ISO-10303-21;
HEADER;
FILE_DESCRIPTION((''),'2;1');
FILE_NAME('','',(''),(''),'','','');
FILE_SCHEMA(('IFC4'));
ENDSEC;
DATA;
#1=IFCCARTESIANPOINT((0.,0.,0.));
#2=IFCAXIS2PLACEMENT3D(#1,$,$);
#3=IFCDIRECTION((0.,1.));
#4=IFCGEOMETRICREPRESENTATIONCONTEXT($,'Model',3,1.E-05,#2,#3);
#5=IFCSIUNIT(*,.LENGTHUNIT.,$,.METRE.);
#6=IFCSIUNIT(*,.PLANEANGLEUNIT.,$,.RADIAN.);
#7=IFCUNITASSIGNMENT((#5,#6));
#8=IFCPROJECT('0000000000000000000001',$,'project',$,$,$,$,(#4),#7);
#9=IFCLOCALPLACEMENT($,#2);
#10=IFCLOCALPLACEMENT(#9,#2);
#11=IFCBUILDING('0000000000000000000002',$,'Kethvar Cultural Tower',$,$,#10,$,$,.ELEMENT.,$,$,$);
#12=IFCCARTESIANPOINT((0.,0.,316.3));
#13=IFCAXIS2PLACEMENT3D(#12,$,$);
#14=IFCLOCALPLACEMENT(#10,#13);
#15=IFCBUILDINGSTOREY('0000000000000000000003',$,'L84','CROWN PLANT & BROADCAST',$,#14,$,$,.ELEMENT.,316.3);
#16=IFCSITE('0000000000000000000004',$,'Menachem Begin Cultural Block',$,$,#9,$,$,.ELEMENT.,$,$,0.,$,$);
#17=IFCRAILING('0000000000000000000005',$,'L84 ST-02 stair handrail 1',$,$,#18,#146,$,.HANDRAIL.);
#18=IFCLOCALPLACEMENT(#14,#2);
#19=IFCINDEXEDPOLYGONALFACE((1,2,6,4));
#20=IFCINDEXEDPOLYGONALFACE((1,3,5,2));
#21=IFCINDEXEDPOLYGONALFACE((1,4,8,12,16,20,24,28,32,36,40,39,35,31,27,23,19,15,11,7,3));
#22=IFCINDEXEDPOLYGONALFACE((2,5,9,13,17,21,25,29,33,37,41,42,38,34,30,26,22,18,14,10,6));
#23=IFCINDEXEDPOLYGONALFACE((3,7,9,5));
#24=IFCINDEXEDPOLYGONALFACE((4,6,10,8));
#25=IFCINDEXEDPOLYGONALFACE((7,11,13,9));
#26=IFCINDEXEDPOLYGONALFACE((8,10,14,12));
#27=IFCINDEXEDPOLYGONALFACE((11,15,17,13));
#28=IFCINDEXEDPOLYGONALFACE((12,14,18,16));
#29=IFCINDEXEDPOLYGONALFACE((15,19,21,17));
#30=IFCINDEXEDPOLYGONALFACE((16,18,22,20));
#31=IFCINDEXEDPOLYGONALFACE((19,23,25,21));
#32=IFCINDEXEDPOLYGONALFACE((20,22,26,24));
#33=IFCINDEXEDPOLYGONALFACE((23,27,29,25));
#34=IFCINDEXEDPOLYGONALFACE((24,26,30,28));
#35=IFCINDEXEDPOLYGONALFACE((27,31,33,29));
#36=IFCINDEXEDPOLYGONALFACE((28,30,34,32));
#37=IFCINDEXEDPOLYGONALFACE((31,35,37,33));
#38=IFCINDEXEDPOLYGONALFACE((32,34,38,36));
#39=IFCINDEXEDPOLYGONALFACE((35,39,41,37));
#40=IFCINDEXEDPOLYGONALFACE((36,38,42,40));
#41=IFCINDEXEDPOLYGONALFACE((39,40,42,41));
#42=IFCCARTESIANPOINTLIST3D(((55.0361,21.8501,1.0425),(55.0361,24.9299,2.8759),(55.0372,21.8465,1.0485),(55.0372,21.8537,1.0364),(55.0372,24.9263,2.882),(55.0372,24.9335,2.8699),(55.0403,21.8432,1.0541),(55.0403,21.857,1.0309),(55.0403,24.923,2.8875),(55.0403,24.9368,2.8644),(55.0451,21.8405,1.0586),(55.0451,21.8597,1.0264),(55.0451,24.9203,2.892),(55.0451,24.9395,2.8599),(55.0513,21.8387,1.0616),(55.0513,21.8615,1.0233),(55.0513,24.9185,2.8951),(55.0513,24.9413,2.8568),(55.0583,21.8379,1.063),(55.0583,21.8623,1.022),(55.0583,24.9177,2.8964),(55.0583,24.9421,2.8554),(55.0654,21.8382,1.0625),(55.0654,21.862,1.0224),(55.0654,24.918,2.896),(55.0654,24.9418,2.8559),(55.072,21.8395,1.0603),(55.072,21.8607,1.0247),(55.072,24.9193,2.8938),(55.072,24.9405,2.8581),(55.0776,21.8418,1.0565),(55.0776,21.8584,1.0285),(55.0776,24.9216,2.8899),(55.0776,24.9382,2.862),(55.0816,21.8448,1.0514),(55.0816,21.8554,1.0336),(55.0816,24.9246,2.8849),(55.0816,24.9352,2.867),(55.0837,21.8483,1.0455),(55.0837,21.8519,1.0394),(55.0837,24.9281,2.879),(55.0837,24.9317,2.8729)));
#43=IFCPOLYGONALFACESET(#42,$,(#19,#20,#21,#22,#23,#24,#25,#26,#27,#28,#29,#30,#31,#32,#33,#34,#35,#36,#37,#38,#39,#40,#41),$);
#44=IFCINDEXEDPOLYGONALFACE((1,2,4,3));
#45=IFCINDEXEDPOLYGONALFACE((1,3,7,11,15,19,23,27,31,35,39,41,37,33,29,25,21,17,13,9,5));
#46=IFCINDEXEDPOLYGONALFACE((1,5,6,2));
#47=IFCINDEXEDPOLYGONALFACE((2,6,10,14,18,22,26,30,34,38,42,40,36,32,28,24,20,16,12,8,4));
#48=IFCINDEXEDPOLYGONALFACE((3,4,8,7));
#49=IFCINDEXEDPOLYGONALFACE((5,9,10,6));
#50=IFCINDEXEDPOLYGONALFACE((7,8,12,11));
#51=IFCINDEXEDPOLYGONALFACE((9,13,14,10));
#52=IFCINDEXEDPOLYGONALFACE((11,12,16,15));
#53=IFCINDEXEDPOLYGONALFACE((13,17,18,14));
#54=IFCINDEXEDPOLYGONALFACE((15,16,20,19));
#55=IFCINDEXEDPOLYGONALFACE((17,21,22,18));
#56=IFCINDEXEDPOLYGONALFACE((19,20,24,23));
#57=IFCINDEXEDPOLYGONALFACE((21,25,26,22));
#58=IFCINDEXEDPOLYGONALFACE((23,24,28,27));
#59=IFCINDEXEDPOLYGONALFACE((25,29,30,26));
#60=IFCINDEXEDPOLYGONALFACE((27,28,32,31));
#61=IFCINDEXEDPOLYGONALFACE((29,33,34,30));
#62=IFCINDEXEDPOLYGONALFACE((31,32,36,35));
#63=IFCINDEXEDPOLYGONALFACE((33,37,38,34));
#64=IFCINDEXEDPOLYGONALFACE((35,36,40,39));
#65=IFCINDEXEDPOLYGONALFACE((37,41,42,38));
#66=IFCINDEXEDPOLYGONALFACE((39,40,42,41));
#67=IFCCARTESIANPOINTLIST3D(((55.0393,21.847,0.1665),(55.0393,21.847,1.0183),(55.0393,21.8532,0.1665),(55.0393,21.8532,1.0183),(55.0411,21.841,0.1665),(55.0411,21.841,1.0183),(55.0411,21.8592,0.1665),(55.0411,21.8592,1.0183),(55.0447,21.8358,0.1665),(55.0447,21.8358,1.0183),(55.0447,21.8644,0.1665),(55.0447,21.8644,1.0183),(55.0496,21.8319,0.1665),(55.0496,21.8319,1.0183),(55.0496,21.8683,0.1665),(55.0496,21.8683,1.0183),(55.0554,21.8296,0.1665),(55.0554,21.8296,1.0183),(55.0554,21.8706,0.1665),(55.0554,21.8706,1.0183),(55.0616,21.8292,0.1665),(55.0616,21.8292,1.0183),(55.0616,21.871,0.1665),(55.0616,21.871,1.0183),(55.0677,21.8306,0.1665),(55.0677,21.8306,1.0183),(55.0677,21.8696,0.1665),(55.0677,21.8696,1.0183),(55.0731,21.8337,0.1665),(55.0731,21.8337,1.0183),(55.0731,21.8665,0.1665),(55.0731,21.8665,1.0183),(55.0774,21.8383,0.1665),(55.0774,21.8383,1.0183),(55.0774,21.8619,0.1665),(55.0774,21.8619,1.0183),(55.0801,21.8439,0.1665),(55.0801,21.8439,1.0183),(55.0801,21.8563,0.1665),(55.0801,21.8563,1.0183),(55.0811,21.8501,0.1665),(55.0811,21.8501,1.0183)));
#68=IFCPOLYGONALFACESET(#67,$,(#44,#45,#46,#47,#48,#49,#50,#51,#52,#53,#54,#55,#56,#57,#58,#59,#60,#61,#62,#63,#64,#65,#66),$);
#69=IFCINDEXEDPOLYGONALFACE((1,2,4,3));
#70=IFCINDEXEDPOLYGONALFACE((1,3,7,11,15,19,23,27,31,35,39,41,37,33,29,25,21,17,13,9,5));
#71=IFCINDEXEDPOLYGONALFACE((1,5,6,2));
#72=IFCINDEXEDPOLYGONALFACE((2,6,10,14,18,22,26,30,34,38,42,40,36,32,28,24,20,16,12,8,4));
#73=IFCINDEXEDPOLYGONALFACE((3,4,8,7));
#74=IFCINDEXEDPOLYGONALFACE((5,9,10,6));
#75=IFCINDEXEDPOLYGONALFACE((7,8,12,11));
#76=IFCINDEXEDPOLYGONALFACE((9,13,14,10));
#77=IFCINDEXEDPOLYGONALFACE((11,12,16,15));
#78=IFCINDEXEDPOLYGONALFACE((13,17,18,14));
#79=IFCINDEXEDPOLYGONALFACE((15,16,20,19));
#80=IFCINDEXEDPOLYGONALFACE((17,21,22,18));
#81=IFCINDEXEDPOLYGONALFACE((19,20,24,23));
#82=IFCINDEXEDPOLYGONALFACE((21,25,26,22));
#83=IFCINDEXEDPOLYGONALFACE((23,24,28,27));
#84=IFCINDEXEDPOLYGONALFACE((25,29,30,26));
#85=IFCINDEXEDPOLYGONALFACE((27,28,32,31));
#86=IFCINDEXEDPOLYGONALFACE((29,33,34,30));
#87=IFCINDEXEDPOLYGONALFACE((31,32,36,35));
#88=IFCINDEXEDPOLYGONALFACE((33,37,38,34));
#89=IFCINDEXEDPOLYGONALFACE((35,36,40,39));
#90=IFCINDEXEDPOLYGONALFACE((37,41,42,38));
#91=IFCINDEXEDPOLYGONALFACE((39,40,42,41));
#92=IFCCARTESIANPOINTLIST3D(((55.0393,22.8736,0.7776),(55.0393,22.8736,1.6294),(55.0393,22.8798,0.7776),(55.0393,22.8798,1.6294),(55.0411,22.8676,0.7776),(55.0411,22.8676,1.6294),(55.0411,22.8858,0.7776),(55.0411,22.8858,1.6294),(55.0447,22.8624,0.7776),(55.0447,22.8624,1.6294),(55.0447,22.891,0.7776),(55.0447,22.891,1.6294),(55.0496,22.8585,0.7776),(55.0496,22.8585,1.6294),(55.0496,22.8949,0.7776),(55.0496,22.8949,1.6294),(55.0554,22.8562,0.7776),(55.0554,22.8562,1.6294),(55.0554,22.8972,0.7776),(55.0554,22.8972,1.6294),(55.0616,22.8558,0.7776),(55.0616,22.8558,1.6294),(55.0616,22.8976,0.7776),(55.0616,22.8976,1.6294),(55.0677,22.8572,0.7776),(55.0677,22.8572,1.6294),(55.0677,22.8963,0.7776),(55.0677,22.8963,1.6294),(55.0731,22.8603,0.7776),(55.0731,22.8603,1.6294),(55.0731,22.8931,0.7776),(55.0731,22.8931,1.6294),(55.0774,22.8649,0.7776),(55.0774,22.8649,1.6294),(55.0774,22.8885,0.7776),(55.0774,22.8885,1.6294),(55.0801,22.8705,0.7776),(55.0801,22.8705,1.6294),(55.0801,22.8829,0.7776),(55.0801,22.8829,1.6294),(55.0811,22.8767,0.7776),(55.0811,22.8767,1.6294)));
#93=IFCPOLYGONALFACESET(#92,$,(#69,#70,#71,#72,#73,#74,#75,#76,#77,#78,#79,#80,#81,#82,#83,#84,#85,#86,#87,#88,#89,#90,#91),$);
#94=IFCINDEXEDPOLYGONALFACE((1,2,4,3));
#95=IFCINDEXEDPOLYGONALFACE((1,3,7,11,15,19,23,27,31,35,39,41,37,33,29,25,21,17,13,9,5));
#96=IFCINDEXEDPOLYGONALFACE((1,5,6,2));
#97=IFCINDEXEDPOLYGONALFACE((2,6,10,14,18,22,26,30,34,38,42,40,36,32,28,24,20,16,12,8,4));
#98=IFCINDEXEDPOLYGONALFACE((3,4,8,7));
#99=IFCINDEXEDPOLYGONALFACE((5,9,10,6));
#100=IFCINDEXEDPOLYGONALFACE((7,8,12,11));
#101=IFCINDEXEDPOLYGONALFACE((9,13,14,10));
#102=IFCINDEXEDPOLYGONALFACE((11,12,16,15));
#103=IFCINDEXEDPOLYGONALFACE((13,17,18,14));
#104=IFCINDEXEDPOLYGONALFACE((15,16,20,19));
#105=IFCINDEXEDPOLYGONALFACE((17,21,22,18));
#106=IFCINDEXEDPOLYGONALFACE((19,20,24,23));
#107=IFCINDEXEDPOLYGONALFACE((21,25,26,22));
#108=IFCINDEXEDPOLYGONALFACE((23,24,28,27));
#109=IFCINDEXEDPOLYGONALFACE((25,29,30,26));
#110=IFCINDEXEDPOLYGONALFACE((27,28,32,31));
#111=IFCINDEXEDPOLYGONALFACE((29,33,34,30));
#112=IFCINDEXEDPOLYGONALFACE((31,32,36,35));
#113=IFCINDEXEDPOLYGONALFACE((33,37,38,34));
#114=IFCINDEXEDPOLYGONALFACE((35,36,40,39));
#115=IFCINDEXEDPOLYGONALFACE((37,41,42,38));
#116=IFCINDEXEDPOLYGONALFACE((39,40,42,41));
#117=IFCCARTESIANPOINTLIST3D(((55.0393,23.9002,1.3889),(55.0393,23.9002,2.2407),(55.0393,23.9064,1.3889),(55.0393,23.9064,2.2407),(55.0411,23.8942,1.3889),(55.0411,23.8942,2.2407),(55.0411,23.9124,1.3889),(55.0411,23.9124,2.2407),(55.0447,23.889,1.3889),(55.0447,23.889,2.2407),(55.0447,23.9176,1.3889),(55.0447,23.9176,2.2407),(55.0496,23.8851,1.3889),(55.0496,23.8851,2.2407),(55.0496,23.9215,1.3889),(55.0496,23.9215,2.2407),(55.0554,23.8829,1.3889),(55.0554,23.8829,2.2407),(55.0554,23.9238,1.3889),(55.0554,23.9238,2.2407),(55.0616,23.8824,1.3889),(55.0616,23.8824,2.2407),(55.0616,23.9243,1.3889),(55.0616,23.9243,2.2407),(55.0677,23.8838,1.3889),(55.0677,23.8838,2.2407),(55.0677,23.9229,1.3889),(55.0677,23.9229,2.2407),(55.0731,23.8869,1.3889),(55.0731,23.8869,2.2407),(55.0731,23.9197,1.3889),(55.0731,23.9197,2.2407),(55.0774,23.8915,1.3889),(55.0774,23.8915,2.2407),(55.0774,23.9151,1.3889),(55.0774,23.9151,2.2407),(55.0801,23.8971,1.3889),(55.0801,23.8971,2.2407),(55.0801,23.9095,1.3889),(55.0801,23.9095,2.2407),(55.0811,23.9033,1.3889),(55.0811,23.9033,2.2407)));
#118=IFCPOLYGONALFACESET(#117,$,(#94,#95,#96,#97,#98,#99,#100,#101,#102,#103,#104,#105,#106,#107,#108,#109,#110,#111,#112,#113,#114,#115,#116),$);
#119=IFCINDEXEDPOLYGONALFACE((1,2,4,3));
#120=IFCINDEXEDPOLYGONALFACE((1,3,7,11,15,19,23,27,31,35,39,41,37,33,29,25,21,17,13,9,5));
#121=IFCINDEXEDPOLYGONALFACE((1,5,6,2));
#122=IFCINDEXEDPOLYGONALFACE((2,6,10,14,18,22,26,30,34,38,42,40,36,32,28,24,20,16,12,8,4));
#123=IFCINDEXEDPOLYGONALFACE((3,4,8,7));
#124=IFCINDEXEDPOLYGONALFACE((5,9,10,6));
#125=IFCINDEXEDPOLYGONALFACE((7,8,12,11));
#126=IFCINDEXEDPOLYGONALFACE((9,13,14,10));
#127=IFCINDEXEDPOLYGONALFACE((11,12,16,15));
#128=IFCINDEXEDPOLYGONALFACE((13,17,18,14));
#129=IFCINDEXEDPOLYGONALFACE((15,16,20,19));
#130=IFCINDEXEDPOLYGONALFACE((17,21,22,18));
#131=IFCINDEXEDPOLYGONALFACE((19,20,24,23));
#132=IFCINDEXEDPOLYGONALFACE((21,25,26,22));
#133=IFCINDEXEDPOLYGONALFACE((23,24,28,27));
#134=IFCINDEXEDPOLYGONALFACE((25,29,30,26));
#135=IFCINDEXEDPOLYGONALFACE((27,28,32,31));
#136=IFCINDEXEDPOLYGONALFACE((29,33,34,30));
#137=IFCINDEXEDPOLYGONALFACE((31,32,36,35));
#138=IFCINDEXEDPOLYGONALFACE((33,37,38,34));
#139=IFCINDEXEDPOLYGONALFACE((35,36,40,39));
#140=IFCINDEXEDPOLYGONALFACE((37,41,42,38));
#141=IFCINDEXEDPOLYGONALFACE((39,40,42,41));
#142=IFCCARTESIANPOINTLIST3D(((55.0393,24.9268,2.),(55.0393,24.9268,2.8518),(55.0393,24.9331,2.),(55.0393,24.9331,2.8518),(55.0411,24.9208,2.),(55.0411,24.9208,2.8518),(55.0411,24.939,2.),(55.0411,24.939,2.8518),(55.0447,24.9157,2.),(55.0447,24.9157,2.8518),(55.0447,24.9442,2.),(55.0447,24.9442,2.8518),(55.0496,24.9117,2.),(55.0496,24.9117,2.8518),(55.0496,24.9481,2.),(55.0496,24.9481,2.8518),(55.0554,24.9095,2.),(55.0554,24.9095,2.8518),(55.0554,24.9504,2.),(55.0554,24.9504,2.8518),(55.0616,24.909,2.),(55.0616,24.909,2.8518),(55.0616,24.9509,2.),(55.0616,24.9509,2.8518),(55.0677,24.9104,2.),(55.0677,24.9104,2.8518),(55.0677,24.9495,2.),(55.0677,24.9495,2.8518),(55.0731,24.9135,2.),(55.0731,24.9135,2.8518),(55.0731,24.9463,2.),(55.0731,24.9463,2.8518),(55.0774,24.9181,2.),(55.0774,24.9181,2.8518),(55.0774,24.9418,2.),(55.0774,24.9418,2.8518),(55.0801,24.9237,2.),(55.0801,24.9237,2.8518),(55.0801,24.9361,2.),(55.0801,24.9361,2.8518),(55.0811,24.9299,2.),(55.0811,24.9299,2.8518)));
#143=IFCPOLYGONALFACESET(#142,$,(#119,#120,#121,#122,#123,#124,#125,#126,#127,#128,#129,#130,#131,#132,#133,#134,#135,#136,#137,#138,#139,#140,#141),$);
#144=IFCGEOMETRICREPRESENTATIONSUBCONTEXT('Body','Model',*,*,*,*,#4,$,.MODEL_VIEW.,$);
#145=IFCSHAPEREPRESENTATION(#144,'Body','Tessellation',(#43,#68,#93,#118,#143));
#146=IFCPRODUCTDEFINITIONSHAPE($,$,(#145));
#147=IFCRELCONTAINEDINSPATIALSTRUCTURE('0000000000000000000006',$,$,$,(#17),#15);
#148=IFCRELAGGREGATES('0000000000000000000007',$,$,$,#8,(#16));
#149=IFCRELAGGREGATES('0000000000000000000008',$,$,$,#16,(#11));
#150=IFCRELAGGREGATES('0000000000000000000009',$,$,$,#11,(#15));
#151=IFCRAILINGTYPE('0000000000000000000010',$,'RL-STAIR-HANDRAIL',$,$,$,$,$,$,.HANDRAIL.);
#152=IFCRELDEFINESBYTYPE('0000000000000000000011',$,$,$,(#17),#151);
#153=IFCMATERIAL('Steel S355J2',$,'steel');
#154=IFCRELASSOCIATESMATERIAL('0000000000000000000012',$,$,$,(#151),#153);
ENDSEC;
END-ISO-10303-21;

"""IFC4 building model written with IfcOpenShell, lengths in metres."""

from ifc_helpers import new_model, si_unit, direction, frame, origin, origin_2d, place, context, subcontext, project, spatial, circle, extrude, material, type_object, element, save


model = new_model("IFC4")

# Units and contexts
model_context = context("Model", 3, precision=1e-05, world=origin(), true_north=direction((0.0, 1.0)))
body_context = subcontext(model_context, "Body", "Model", "MODEL_VIEW")
ifc_project = project(units=[si_unit("LENGTHUNIT", "METRE"), si_unit("PLANEANGLEUNIT", "RADIAN")], contexts=[model_context])

# Site, building, storey
site_placement = place(None, origin())
site = spatial("IfcSite", under=ifc_project, at=site_placement, Name="Menachem Begin Cultural Block", CompositionType="ELEMENT", RefElevation=0.0)
building_placement = place(site_placement, origin())
building = spatial("IfcBuilding", under=site, at=building_placement, Name="Kethvar Cultural Tower", CompositionType="ELEMENT")
storey_placement = place(building_placement, frame((0.0, 0.0, 316.3)))
storey = spatial("IfcBuildingStorey", under=building, at=storey_placement, Name="L84", Description="CROWN PLANT & BROADCAST", CompositionType="ELEMENT", Elevation=316.3)

# Shared definitions
ifc_material_1 = material(Name="Steel S355J2", Category="steel")

# Railing
railing_type_1 = type_object("IfcRailingType", Name="RL-STAIR-HANDRAIL", PredefinedType="HANDRAIL", material=ifc_material_1)
railing_1_placement = place(storey_placement, frame((55.0601, 21.8501, 0.1665)))
element("IfcRailing", 1, at=railing_1_placement, inside=storey, type_object=railing_type_1, Name="L84 ST-02 stair handrail 1", PredefinedType="HANDRAIL", context=body_context, shape_type="SweptSolid", body=[
    extrude(circle(Radius=0.0239, at=origin_2d()), frame((0.0, 0.0, 0.876), z_axis=(0.0, 0.859261, 0.511538), x_axis=(-1.0, 0.0, 0.0)), (0.0, 0.0, 1.0), 3.5842),
    extrude(circle(Radius=0.021, at=origin_2d()), origin(), (0.0, 0.0, 1.0), 0.8518),
    extrude(circle(Radius=0.021, at=origin_2d()), frame((0.0, 1.0266, 0.6111)), (0.0, 0.0, 1.0), 0.8518),
    extrude(circle(Radius=0.021, at=origin_2d()), frame((0.0, 2.0532, 1.2224)), (0.0, 0.0, 1.0), 0.8518),
    extrude(circle(Radius=0.021, at=origin_2d()), frame((0.0, 3.0798, 1.8335)), (0.0, 0.0, 1.0), 0.8518),
])

save(model, "model.ifc")
